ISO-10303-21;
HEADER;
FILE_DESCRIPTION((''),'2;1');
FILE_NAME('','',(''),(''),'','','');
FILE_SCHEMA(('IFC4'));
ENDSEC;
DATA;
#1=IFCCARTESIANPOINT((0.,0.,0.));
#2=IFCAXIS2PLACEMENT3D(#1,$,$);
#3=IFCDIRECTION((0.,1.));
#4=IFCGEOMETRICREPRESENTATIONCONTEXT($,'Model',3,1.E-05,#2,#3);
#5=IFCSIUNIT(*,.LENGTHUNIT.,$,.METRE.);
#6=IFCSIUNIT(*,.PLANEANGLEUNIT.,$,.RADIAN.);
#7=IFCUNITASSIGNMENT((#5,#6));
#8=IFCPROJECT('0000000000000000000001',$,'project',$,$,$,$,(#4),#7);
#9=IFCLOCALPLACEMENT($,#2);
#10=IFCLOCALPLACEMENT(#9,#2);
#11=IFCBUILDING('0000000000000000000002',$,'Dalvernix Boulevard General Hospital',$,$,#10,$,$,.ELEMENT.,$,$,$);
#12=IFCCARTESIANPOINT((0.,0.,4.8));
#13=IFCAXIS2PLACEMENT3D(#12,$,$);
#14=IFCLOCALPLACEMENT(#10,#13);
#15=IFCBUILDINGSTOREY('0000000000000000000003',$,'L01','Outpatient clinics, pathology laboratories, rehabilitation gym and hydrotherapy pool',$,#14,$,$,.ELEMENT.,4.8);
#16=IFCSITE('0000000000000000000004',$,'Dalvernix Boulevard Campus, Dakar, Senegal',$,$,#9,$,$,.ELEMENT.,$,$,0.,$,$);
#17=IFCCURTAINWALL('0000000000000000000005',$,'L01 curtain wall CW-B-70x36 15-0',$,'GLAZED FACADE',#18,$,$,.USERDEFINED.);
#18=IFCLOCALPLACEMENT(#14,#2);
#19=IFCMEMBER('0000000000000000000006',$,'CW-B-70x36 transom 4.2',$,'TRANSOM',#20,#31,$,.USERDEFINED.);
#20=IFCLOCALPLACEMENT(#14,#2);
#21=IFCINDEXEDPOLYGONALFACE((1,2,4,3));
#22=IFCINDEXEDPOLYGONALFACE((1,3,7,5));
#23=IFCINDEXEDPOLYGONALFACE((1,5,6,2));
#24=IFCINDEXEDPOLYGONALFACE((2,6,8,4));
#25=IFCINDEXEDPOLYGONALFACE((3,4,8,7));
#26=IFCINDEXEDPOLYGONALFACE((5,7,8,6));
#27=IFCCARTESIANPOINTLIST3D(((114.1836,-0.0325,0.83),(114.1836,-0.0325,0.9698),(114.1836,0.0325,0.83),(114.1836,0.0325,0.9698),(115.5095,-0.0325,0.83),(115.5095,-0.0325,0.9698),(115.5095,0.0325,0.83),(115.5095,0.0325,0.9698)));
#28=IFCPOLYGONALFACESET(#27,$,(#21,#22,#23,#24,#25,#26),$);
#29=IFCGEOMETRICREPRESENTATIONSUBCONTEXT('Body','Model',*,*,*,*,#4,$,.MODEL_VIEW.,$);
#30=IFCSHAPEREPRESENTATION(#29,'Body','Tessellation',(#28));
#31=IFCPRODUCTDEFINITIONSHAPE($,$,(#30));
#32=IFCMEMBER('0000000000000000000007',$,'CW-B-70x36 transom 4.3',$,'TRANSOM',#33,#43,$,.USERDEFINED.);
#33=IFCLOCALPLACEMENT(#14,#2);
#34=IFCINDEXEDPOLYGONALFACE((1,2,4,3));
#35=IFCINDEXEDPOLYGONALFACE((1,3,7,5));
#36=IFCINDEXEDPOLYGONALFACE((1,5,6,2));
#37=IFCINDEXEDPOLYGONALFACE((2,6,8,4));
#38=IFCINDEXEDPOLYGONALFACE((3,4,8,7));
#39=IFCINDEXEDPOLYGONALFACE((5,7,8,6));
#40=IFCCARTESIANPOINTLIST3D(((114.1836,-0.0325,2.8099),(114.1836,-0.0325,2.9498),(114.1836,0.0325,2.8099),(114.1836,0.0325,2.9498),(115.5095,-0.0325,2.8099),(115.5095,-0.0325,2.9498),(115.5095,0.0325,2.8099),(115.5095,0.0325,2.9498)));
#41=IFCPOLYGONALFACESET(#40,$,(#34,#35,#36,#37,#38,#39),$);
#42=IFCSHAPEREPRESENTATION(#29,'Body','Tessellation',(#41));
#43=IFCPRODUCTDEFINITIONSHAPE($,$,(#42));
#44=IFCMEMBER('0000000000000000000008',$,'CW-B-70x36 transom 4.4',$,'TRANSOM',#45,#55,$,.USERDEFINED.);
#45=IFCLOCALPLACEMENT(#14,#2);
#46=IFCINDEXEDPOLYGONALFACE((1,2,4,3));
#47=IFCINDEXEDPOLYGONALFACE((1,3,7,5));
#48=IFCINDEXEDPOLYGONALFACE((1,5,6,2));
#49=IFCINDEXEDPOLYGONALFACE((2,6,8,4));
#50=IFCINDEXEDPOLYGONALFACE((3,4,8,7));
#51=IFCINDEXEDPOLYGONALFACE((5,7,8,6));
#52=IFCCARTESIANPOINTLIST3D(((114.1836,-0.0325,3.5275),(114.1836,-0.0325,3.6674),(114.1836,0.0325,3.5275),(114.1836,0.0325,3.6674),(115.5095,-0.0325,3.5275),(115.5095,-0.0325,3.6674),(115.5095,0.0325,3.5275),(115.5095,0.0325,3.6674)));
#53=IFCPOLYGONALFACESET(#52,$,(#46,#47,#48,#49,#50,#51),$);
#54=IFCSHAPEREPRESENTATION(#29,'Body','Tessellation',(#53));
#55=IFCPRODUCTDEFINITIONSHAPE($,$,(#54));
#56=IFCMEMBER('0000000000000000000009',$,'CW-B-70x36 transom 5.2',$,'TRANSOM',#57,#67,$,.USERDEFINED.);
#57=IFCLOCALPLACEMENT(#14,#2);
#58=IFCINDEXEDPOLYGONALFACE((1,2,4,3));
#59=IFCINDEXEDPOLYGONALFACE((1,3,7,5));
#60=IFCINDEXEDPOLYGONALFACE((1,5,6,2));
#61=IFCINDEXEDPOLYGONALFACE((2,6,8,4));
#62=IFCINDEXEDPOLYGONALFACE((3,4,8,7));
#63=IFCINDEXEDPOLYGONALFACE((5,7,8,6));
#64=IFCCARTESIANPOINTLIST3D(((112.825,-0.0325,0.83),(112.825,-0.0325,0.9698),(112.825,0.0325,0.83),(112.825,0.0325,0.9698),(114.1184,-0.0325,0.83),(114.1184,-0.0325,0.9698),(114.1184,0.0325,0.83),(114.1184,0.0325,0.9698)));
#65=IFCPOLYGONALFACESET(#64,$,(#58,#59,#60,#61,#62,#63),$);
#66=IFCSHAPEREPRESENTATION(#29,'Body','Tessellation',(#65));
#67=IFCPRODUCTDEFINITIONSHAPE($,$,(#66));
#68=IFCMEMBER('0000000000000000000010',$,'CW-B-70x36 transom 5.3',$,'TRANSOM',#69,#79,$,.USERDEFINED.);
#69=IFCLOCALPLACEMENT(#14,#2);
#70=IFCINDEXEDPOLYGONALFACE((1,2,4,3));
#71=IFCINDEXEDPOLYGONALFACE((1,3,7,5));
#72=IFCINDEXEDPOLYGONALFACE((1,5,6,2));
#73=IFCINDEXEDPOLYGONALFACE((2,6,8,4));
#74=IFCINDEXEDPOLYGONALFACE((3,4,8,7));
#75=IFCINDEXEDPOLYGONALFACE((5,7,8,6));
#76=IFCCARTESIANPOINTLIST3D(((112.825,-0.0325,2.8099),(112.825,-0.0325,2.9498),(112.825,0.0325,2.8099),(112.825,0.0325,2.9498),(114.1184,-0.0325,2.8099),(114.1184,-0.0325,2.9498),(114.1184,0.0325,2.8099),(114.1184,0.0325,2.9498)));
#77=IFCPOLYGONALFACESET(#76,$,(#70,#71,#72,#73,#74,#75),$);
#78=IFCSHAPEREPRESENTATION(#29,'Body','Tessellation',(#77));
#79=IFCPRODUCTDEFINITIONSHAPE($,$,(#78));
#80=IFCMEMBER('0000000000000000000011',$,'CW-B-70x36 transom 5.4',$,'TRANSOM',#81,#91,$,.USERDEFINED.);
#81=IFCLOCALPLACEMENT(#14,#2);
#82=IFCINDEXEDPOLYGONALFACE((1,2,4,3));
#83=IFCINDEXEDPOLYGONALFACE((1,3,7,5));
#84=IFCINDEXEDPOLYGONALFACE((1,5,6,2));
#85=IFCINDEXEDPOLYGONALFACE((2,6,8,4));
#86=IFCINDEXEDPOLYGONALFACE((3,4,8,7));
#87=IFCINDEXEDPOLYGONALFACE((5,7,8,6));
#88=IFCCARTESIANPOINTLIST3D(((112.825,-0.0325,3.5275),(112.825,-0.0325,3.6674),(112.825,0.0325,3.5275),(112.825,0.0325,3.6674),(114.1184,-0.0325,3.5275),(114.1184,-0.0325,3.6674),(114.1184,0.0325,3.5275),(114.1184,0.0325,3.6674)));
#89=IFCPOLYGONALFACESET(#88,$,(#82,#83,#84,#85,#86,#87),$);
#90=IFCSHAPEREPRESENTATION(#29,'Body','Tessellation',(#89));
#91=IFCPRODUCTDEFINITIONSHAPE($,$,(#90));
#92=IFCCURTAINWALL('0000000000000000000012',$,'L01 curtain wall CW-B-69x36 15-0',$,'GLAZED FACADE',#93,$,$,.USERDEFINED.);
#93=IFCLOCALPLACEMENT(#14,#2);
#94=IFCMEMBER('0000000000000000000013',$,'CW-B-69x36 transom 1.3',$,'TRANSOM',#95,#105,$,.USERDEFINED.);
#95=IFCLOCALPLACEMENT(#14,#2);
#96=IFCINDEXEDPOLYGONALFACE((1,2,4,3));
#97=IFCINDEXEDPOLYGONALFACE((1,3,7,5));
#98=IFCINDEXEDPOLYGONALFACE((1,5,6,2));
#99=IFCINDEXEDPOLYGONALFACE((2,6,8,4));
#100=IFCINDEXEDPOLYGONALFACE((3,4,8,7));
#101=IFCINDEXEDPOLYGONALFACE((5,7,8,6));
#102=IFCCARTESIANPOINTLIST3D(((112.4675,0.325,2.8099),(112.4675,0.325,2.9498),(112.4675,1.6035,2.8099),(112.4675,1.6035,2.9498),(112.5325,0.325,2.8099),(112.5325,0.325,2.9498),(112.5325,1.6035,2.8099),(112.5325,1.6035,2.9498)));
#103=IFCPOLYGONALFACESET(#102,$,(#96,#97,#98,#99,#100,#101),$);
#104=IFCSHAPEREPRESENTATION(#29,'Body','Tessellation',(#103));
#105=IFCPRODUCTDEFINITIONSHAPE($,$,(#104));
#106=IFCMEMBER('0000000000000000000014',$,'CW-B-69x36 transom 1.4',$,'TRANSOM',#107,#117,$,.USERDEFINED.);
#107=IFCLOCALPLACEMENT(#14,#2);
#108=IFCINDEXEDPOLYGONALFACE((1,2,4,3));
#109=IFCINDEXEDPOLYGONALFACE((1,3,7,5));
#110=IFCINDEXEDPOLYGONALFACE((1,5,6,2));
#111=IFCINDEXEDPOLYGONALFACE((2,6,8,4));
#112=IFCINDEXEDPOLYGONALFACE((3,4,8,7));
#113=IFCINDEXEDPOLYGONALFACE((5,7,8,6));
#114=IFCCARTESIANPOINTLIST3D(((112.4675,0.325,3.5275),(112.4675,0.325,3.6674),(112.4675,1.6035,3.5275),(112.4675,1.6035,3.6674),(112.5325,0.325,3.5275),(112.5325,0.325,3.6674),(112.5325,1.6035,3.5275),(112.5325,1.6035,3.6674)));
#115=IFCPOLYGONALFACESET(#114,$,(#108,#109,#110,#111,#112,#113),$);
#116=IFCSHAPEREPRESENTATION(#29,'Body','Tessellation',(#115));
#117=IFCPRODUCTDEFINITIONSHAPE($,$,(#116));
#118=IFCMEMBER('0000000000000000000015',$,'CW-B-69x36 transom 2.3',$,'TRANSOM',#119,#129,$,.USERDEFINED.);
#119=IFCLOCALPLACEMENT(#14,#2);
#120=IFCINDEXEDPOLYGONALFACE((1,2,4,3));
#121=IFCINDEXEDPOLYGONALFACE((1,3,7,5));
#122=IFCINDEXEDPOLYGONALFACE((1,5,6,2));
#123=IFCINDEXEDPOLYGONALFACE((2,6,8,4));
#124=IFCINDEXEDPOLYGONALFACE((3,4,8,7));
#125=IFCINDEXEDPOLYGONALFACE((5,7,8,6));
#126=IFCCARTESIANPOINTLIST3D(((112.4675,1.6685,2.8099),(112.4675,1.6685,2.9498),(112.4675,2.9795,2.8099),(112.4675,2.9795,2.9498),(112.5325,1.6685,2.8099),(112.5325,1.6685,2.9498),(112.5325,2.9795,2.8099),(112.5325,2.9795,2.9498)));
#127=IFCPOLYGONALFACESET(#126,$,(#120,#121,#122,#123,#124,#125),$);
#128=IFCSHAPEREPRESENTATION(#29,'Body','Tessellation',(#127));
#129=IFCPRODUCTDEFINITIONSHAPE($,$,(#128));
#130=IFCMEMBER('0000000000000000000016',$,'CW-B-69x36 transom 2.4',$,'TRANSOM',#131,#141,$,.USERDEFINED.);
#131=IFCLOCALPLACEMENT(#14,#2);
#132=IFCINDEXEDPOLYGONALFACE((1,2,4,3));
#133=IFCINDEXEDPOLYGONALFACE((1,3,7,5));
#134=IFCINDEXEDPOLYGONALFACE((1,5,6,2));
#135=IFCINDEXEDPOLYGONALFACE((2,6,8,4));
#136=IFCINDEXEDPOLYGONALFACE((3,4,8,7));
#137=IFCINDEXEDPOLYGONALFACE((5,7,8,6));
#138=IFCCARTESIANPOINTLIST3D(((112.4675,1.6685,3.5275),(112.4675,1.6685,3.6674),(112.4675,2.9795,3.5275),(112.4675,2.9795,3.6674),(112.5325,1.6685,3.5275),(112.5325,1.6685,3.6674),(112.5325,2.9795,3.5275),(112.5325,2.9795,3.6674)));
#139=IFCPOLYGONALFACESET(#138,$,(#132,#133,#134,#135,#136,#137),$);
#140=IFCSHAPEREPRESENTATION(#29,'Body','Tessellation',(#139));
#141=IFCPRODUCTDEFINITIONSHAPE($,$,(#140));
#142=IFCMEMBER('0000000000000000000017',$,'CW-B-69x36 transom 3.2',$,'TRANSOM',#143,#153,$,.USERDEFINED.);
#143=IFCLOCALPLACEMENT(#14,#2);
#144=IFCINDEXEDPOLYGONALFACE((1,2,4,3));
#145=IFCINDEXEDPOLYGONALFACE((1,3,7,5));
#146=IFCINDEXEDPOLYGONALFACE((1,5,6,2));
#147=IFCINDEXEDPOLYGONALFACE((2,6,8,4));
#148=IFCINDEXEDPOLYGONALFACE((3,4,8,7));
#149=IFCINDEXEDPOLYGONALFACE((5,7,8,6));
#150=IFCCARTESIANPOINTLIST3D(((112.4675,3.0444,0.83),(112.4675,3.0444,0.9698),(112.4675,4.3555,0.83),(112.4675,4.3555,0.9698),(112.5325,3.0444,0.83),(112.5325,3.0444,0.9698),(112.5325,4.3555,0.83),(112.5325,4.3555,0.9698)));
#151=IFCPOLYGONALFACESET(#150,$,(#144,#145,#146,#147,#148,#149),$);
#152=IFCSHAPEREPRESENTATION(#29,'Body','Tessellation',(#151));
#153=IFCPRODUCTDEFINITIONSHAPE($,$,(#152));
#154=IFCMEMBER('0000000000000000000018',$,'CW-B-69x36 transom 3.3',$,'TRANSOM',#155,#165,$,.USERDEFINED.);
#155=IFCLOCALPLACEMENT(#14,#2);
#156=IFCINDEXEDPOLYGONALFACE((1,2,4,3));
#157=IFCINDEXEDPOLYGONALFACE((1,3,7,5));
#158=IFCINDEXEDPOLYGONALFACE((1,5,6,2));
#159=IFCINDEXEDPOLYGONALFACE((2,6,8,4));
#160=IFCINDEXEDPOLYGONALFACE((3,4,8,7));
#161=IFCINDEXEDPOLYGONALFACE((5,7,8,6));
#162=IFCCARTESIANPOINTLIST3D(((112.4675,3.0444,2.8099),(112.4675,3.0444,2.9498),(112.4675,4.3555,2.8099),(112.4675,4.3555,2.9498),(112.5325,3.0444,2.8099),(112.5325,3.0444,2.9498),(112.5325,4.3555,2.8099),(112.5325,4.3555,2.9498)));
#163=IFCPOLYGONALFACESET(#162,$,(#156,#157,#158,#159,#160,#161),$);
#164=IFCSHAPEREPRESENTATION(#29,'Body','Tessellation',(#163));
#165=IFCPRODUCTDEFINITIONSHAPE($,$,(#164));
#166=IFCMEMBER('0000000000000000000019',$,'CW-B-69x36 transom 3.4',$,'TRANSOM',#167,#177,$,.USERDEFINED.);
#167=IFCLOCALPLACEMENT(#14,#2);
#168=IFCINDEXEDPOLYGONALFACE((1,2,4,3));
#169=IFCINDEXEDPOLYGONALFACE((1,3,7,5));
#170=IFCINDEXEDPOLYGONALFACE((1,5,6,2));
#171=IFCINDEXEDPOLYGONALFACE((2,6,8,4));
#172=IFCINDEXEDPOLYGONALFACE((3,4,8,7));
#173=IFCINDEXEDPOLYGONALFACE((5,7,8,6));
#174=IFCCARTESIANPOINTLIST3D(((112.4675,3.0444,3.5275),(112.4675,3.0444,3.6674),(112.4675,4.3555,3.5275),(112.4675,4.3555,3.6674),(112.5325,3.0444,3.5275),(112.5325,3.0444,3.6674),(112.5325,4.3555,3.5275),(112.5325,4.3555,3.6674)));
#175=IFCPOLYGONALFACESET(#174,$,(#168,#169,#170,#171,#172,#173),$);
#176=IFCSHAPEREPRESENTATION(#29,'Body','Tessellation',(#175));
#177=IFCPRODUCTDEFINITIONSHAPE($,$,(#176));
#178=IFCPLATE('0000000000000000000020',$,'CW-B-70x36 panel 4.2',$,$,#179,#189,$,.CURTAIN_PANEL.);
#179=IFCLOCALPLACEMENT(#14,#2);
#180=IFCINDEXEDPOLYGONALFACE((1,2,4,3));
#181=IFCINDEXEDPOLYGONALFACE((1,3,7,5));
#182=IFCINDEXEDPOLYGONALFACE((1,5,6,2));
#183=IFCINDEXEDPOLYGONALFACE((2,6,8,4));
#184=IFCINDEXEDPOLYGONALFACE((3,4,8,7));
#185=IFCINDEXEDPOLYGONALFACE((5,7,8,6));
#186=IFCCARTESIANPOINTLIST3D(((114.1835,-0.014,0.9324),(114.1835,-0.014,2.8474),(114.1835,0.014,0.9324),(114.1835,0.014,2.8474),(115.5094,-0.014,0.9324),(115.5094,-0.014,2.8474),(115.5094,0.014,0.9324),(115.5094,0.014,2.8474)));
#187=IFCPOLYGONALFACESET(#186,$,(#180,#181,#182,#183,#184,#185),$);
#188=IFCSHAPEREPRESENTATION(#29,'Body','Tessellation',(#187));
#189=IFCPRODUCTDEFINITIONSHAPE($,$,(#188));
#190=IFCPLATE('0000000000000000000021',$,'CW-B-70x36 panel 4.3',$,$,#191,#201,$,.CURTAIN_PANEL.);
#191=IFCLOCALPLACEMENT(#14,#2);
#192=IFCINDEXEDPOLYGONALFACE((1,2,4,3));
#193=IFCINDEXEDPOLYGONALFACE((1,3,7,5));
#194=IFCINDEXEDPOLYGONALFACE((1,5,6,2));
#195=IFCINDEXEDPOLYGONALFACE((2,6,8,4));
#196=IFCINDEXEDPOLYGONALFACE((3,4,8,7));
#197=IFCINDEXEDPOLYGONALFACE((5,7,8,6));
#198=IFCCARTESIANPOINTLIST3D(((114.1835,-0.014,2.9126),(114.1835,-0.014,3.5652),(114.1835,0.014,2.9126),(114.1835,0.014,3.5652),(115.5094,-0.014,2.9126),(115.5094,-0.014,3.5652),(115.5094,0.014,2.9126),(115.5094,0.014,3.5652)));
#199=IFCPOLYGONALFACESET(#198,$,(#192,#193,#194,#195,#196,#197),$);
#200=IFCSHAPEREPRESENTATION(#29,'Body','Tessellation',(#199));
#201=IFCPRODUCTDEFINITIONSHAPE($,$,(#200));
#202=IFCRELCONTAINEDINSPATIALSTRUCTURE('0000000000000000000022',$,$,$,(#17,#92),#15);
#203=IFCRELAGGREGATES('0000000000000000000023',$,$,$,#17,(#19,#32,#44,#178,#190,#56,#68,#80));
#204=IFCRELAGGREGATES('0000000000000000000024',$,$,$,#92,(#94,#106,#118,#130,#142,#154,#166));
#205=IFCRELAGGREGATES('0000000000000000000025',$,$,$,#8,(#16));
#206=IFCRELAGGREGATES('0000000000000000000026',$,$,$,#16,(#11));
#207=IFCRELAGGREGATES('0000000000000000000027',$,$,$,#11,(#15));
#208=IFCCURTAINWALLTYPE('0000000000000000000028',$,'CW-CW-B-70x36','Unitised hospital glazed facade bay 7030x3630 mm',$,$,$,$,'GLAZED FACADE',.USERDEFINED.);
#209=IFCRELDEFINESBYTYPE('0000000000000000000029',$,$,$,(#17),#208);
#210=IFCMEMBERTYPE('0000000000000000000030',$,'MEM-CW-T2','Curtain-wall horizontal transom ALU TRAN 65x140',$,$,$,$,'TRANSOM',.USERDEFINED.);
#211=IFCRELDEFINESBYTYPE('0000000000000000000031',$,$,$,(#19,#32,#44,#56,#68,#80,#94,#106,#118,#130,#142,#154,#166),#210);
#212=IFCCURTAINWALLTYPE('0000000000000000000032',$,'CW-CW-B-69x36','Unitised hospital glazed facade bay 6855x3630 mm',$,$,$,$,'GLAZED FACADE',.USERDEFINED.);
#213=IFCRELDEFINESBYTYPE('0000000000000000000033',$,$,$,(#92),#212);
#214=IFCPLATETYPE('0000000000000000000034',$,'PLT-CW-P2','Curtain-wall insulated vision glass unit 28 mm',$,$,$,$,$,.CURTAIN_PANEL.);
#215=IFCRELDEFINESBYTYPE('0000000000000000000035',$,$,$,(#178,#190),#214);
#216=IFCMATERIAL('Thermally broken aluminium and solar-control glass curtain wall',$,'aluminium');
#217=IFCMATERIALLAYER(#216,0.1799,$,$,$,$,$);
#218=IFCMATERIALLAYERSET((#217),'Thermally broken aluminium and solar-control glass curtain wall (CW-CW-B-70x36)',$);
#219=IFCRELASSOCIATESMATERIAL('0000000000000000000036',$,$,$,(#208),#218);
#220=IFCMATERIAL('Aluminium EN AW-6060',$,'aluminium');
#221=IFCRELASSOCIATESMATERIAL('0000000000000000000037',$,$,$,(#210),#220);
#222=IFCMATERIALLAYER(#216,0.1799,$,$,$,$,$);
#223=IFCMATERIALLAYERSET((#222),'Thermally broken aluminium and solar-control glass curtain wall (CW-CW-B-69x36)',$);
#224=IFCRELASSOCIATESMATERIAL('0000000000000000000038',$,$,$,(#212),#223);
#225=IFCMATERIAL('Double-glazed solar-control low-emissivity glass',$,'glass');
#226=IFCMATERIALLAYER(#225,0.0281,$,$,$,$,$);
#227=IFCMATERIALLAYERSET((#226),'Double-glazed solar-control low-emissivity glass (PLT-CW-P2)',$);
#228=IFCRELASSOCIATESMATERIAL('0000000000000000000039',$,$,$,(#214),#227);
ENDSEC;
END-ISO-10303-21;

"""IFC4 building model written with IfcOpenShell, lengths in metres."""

from ifc_helpers import new_model, si_unit, direction, frame, origin, origin_2d, place, context, subcontext, project, spatial, rectangle, extrude, material, layer, layer_set, material_profile, profile_set, type_object, element, aggregate, save


model = new_model("IFC4")

# Units and contexts
model_context = context("Model", 3, precision=1e-05, world=origin(), true_north=direction((0.0, 1.0)))
body_context = subcontext(model_context, "Body", "Model", "MODEL_VIEW")
ifc_project = project(units=[si_unit("LENGTHUNIT", "METRE"), si_unit("PLANEANGLEUNIT", "RADIAN")], contexts=[model_context])

# Site, building, storey
site_placement = place(None, origin())
site = spatial("IfcSite", under=ifc_project, at=site_placement, Name="Dalvernix Boulevard Campus, Dakar, Senegal", CompositionType="ELEMENT", RefElevation=0.0)
building_placement = place(site_placement, origin())
building = spatial("IfcBuilding", under=site, at=building_placement, Name="Dalvernix Boulevard General Hospital", CompositionType="ELEMENT")
storey_placement = place(building_placement, frame((0.0, 0.0, 4.8)))
storey = spatial("IfcBuildingStorey", under=building, at=storey_placement, Name="L01", Description="Outpatient clinics, pathology laboratories, rehabilitation gym and hydrotherapy pool", CompositionType="ELEMENT", Elevation=4.8)

# Curtain walls, members
ifc_material_1 = material(Name="Thermally broken aluminium and solar-control glass curtain wall", Category="aluminium")
ifc_layer_1 = layer(ifc_material_1, 0.1799)
ifc_layer_set_1 = layer_set([ifc_layer_1], Name="Thermally broken aluminium and solar-control glass curtain wall (CW-CW-B-70x36)")
curtain_wall_type_1 = type_object("IfcCurtainWallType", Name="CW-CW-B-70x36", Description="Unitised hospital glazed facade bay 7030x3630 mm", ElementType="GLAZED FACADE", PredefinedType="USERDEFINED", material=ifc_layer_set_1)
curtain_wall_1_placement = place(storey_placement, origin())
curtain_wall_1 = element("IfcCurtainWall", 1, at=curtain_wall_1_placement, inside=storey, type_object=curtain_wall_type_1, Name="L01 curtain wall CW-B-70x36 15-0", ObjectType="GLAZED FACADE", PredefinedType="USERDEFINED")
ifc_material_2 = material(Name="Aluminium EN AW-6060", Category="aluminium")
ifc_material_profile = material_profile(ifc_material_2, rectangle(XDim=0.0649, YDim=0.1399, at=origin_2d()), Name="ALU TRAN 65x140")
ifc_profile_set = profile_set([ifc_material_profile], Name="Aluminium EN AW-6060")
member_type = type_object("IfcMemberType", Name="MEM-CW-T2", Description="Curtain-wall horizontal transom ALU TRAN 65x140", ElementType="TRANSOM", PredefinedType="USERDEFINED", material=ifc_profile_set)
member_1_placement = place(storey_placement, frame((115.5095, 0.0, 0.8999), z_axis=(-1.0, 0.0, 0.0), x_axis=(0.0, -1.0, 0.0)))
member_1 = element("IfcMember", 2, at=member_1_placement, type_object=member_type, Name="CW-B-70x36 transom 4.2", ObjectType="TRANSOM", PredefinedType="USERDEFINED", context=body_context, shape_type="SweptSolid", body=[
    extrude(rectangle(XDim=0.0649, YDim=0.1399, at=origin_2d()), origin(), (0.0, 0.0, 1.0), 1.3259),
])
member_2_placement = place(storey_placement, frame((115.5095, 0.0, 2.8799), z_axis=(-1.0, 0.0, 0.0), x_axis=(0.0, -1.0, 0.0)))
member_2 = element("IfcMember", 3, at=member_2_placement, type_object=member_type, Name="CW-B-70x36 transom 4.3", ObjectType="TRANSOM", PredefinedType="USERDEFINED", context=body_context, shape_type="SweptSolid", body=[
    extrude(rectangle(XDim=0.0649, YDim=0.1399, at=origin_2d()), origin(), (0.0, 0.0, 1.0), 1.3259),
])
member_3_placement = place(storey_placement, frame((115.5095, 0.0, 3.5974), z_axis=(-1.0, 0.0, 0.0), x_axis=(0.0, -1.0, 0.0)))
member_3 = element("IfcMember", 4, at=member_3_placement, type_object=member_type, Name="CW-B-70x36 transom 4.4", ObjectType="TRANSOM", PredefinedType="USERDEFINED", context=body_context, shape_type="SweptSolid", body=[
    extrude(rectangle(XDim=0.0649, YDim=0.1399, at=origin_2d()), origin(), (0.0, 0.0, 1.0), 1.3259),
])
member_4_placement = place(storey_placement, frame((114.1184, 0.0, 0.8999), z_axis=(-1.0, 0.0, 0.0), x_axis=(0.0, -1.0, 0.0)))
member_4 = element("IfcMember", 5, at=member_4_placement, type_object=member_type, Name="CW-B-70x36 transom 5.2", ObjectType="TRANSOM", PredefinedType="USERDEFINED", context=body_context, shape_type="SweptSolid", body=[
    extrude(rectangle(XDim=0.0649, YDim=0.1399, at=origin_2d()), origin(), (0.0, 0.0, 1.0), 1.2935),
])
member_5_placement = place(storey_placement, frame((114.1184, 0.0, 2.8799), z_axis=(-1.0, 0.0, 0.0), x_axis=(0.0, -1.0, 0.0)))
member_5 = element("IfcMember", 6, at=member_5_placement, type_object=member_type, Name="CW-B-70x36 transom 5.3", ObjectType="TRANSOM", PredefinedType="USERDEFINED", context=body_context, shape_type="SweptSolid", body=[
    extrude(rectangle(XDim=0.0649, YDim=0.1399, at=origin_2d()), origin(), (0.0, 0.0, 1.0), 1.2935),
])
member_6_placement = place(storey_placement, frame((114.1184, 0.0, 3.5974), z_axis=(-1.0, 0.0, 0.0), x_axis=(0.0, -1.0, 0.0)))
member_6 = element("IfcMember", 7, at=member_6_placement, type_object=member_type, Name="CW-B-70x36 transom 5.4", ObjectType="TRANSOM", PredefinedType="USERDEFINED", context=body_context, shape_type="SweptSolid", body=[
    extrude(rectangle(XDim=0.0649, YDim=0.1399, at=origin_2d()), origin(), (0.0, 0.0, 1.0), 1.2935),
])
ifc_layer_2 = layer(ifc_material_1, 0.1799)
ifc_layer_set_2 = layer_set([ifc_layer_2], Name="Thermally broken aluminium and solar-control glass curtain wall (CW-CW-B-69x36)")
curtain_wall_type_2 = type_object("IfcCurtainWallType", Name="CW-CW-B-69x36", Description="Unitised hospital glazed facade bay 6855x3630 mm", ElementType="GLAZED FACADE", PredefinedType="USERDEFINED", material=ifc_layer_set_2)
curtain_wall_2_placement = place(storey_placement, origin())
curtain_wall_2 = element("IfcCurtainWall", 8, at=curtain_wall_2_placement, inside=storey, type_object=curtain_wall_type_2, Name="L01 curtain wall CW-B-69x36 15-0", ObjectType="GLAZED FACADE", PredefinedType="USERDEFINED")
member_7_placement = place(storey_placement, frame((112.5, 0.325, 2.8799), z_axis=(0.0, 1.0, 0.0), x_axis=(-1.0, 0.0, 0.0)))
member_7 = element("IfcMember", 9, at=member_7_placement, type_object=member_type, Name="CW-B-69x36 transom 1.3", ObjectType="TRANSOM", PredefinedType="USERDEFINED", context=body_context, shape_type="SweptSolid", body=[
    extrude(rectangle(XDim=0.0649, YDim=0.1399, at=origin_2d()), origin(), (0.0, 0.0, 1.0), 1.2786),
])
member_8_placement = place(storey_placement, frame((112.5, 0.325, 3.5974), z_axis=(0.0, 1.0, 0.0), x_axis=(-1.0, 0.0, 0.0)))
member_8 = element("IfcMember", 10, at=member_8_placement, type_object=member_type, Name="CW-B-69x36 transom 1.4", ObjectType="TRANSOM", PredefinedType="USERDEFINED", context=body_context, shape_type="SweptSolid", body=[
    extrude(rectangle(XDim=0.0649, YDim=0.1399, at=origin_2d()), origin(), (0.0, 0.0, 1.0), 1.2786),
])
member_9_placement = place(storey_placement, frame((112.5, 1.6685, 2.8799), z_axis=(0.0, 1.0, 0.0), x_axis=(-1.0, 0.0, 0.0)))
member_9 = element("IfcMember", 11, at=member_9_placement, type_object=member_type, Name="CW-B-69x36 transom 2.3", ObjectType="TRANSOM", PredefinedType="USERDEFINED", context=body_context, shape_type="SweptSolid", body=[
    extrude(rectangle(XDim=0.0649, YDim=0.1399, at=origin_2d()), origin(), (0.0, 0.0, 1.0), 1.311),
])
member_10_placement = place(storey_placement, frame((112.5, 1.6685, 3.5974), z_axis=(0.0, 1.0, 0.0), x_axis=(-1.0, 0.0, 0.0)))
member_10 = element("IfcMember", 12, at=member_10_placement, type_object=member_type, Name="CW-B-69x36 transom 2.4", ObjectType="TRANSOM", PredefinedType="USERDEFINED", context=body_context, shape_type="SweptSolid", body=[
    extrude(rectangle(XDim=0.0649, YDim=0.1399, at=origin_2d()), origin(), (0.0, 0.0, 1.0), 1.311),
])
member_11_placement = place(storey_placement, frame((112.5, 3.0444, 0.8999), z_axis=(0.0, 1.0, 0.0), x_axis=(-1.0, 0.0, 0.0)))
member_11 = element("IfcMember", 13, at=member_11_placement, type_object=member_type, Name="CW-B-69x36 transom 3.2", ObjectType="TRANSOM", PredefinedType="USERDEFINED", context=body_context, shape_type="SweptSolid", body=[
    extrude(rectangle(XDim=0.0649, YDim=0.1399, at=origin_2d()), origin(), (0.0, 0.0, 1.0), 1.311),
])
member_12_placement = place(storey_placement, frame((112.5, 3.0444, 2.8799), z_axis=(0.0, 1.0, 0.0), x_axis=(-1.0, 0.0, 0.0)))
member_12 = element("IfcMember", 14, at=member_12_placement, type_object=member_type, Name="CW-B-69x36 transom 3.3", ObjectType="TRANSOM", PredefinedType="USERDEFINED", context=body_context, shape_type="SweptSolid", body=[
    extrude(rectangle(XDim=0.0649, YDim=0.1399, at=origin_2d()), origin(), (0.0, 0.0, 1.0), 1.311),
])
member_13_placement = place(storey_placement, frame((112.5, 3.0444, 3.5974), z_axis=(0.0, 1.0, 0.0), x_axis=(-1.0, 0.0, 0.0)))
member_13 = element("IfcMember", 15, at=member_13_placement, type_object=member_type, Name="CW-B-69x36 transom 3.4", ObjectType="TRANSOM", PredefinedType="USERDEFINED", context=body_context, shape_type="SweptSolid", body=[
    extrude(rectangle(XDim=0.0649, YDim=0.1399, at=origin_2d()), origin(), (0.0, 0.0, 1.0), 1.311),
])

# Plates
ifc_material_3 = material(Name="Double-glazed solar-control low-emissivity glass", Category="glass")
ifc_layer_3 = layer(ifc_material_3, 0.0281)
ifc_layer_set_3 = layer_set([ifc_layer_3], Name="Double-glazed solar-control low-emissivity glass (PLT-CW-P2)")
plate_type = type_object("IfcPlateType", Name="PLT-CW-P2", Description="Curtain-wall insulated vision glass unit 28 mm", PredefinedType="CURTAIN_PANEL", material=ifc_layer_set_3)
plate_1_placement = place(storey_placement, frame((114.8464, 0.0, 0.9324), z_axis=(0.0, 0.0, 1.0), x_axis=(-1.0, 0.0, 0.0)))
plate_1 = element("IfcPlate", 16, at=plate_1_placement, type_object=plate_type, Name="CW-B-70x36 panel 4.2", PredefinedType="CURTAIN_PANEL", context=body_context, shape_type="SweptSolid", body=[
    extrude(rectangle(XDim=1.3259, YDim=0.0281, at=origin_2d()), origin(), (0.0, 0.0, 1.0), 1.915),
])
plate_2_placement = place(storey_placement, frame((114.8464, 0.0, 2.9126), z_axis=(0.0, 0.0, 1.0), x_axis=(-1.0, 0.0, 0.0)))
plate_2 = element("IfcPlate", 17, at=plate_2_placement, type_object=plate_type, Name="CW-B-70x36 panel 4.3", PredefinedType="CURTAIN_PANEL", context=body_context, shape_type="SweptSolid", body=[
    extrude(rectangle(XDim=1.3259, YDim=0.0281, at=origin_2d()), origin(), (0.0, 0.0, 1.0), 0.6526),
])
aggregate(curtain_wall_1, [member_1, member_2, member_3, plate_1, plate_2, member_4, member_5, member_6])
aggregate(curtain_wall_2, [member_7, member_8, member_9, member_10, member_11, member_12, member_13])

save(model, "model.ifc")
